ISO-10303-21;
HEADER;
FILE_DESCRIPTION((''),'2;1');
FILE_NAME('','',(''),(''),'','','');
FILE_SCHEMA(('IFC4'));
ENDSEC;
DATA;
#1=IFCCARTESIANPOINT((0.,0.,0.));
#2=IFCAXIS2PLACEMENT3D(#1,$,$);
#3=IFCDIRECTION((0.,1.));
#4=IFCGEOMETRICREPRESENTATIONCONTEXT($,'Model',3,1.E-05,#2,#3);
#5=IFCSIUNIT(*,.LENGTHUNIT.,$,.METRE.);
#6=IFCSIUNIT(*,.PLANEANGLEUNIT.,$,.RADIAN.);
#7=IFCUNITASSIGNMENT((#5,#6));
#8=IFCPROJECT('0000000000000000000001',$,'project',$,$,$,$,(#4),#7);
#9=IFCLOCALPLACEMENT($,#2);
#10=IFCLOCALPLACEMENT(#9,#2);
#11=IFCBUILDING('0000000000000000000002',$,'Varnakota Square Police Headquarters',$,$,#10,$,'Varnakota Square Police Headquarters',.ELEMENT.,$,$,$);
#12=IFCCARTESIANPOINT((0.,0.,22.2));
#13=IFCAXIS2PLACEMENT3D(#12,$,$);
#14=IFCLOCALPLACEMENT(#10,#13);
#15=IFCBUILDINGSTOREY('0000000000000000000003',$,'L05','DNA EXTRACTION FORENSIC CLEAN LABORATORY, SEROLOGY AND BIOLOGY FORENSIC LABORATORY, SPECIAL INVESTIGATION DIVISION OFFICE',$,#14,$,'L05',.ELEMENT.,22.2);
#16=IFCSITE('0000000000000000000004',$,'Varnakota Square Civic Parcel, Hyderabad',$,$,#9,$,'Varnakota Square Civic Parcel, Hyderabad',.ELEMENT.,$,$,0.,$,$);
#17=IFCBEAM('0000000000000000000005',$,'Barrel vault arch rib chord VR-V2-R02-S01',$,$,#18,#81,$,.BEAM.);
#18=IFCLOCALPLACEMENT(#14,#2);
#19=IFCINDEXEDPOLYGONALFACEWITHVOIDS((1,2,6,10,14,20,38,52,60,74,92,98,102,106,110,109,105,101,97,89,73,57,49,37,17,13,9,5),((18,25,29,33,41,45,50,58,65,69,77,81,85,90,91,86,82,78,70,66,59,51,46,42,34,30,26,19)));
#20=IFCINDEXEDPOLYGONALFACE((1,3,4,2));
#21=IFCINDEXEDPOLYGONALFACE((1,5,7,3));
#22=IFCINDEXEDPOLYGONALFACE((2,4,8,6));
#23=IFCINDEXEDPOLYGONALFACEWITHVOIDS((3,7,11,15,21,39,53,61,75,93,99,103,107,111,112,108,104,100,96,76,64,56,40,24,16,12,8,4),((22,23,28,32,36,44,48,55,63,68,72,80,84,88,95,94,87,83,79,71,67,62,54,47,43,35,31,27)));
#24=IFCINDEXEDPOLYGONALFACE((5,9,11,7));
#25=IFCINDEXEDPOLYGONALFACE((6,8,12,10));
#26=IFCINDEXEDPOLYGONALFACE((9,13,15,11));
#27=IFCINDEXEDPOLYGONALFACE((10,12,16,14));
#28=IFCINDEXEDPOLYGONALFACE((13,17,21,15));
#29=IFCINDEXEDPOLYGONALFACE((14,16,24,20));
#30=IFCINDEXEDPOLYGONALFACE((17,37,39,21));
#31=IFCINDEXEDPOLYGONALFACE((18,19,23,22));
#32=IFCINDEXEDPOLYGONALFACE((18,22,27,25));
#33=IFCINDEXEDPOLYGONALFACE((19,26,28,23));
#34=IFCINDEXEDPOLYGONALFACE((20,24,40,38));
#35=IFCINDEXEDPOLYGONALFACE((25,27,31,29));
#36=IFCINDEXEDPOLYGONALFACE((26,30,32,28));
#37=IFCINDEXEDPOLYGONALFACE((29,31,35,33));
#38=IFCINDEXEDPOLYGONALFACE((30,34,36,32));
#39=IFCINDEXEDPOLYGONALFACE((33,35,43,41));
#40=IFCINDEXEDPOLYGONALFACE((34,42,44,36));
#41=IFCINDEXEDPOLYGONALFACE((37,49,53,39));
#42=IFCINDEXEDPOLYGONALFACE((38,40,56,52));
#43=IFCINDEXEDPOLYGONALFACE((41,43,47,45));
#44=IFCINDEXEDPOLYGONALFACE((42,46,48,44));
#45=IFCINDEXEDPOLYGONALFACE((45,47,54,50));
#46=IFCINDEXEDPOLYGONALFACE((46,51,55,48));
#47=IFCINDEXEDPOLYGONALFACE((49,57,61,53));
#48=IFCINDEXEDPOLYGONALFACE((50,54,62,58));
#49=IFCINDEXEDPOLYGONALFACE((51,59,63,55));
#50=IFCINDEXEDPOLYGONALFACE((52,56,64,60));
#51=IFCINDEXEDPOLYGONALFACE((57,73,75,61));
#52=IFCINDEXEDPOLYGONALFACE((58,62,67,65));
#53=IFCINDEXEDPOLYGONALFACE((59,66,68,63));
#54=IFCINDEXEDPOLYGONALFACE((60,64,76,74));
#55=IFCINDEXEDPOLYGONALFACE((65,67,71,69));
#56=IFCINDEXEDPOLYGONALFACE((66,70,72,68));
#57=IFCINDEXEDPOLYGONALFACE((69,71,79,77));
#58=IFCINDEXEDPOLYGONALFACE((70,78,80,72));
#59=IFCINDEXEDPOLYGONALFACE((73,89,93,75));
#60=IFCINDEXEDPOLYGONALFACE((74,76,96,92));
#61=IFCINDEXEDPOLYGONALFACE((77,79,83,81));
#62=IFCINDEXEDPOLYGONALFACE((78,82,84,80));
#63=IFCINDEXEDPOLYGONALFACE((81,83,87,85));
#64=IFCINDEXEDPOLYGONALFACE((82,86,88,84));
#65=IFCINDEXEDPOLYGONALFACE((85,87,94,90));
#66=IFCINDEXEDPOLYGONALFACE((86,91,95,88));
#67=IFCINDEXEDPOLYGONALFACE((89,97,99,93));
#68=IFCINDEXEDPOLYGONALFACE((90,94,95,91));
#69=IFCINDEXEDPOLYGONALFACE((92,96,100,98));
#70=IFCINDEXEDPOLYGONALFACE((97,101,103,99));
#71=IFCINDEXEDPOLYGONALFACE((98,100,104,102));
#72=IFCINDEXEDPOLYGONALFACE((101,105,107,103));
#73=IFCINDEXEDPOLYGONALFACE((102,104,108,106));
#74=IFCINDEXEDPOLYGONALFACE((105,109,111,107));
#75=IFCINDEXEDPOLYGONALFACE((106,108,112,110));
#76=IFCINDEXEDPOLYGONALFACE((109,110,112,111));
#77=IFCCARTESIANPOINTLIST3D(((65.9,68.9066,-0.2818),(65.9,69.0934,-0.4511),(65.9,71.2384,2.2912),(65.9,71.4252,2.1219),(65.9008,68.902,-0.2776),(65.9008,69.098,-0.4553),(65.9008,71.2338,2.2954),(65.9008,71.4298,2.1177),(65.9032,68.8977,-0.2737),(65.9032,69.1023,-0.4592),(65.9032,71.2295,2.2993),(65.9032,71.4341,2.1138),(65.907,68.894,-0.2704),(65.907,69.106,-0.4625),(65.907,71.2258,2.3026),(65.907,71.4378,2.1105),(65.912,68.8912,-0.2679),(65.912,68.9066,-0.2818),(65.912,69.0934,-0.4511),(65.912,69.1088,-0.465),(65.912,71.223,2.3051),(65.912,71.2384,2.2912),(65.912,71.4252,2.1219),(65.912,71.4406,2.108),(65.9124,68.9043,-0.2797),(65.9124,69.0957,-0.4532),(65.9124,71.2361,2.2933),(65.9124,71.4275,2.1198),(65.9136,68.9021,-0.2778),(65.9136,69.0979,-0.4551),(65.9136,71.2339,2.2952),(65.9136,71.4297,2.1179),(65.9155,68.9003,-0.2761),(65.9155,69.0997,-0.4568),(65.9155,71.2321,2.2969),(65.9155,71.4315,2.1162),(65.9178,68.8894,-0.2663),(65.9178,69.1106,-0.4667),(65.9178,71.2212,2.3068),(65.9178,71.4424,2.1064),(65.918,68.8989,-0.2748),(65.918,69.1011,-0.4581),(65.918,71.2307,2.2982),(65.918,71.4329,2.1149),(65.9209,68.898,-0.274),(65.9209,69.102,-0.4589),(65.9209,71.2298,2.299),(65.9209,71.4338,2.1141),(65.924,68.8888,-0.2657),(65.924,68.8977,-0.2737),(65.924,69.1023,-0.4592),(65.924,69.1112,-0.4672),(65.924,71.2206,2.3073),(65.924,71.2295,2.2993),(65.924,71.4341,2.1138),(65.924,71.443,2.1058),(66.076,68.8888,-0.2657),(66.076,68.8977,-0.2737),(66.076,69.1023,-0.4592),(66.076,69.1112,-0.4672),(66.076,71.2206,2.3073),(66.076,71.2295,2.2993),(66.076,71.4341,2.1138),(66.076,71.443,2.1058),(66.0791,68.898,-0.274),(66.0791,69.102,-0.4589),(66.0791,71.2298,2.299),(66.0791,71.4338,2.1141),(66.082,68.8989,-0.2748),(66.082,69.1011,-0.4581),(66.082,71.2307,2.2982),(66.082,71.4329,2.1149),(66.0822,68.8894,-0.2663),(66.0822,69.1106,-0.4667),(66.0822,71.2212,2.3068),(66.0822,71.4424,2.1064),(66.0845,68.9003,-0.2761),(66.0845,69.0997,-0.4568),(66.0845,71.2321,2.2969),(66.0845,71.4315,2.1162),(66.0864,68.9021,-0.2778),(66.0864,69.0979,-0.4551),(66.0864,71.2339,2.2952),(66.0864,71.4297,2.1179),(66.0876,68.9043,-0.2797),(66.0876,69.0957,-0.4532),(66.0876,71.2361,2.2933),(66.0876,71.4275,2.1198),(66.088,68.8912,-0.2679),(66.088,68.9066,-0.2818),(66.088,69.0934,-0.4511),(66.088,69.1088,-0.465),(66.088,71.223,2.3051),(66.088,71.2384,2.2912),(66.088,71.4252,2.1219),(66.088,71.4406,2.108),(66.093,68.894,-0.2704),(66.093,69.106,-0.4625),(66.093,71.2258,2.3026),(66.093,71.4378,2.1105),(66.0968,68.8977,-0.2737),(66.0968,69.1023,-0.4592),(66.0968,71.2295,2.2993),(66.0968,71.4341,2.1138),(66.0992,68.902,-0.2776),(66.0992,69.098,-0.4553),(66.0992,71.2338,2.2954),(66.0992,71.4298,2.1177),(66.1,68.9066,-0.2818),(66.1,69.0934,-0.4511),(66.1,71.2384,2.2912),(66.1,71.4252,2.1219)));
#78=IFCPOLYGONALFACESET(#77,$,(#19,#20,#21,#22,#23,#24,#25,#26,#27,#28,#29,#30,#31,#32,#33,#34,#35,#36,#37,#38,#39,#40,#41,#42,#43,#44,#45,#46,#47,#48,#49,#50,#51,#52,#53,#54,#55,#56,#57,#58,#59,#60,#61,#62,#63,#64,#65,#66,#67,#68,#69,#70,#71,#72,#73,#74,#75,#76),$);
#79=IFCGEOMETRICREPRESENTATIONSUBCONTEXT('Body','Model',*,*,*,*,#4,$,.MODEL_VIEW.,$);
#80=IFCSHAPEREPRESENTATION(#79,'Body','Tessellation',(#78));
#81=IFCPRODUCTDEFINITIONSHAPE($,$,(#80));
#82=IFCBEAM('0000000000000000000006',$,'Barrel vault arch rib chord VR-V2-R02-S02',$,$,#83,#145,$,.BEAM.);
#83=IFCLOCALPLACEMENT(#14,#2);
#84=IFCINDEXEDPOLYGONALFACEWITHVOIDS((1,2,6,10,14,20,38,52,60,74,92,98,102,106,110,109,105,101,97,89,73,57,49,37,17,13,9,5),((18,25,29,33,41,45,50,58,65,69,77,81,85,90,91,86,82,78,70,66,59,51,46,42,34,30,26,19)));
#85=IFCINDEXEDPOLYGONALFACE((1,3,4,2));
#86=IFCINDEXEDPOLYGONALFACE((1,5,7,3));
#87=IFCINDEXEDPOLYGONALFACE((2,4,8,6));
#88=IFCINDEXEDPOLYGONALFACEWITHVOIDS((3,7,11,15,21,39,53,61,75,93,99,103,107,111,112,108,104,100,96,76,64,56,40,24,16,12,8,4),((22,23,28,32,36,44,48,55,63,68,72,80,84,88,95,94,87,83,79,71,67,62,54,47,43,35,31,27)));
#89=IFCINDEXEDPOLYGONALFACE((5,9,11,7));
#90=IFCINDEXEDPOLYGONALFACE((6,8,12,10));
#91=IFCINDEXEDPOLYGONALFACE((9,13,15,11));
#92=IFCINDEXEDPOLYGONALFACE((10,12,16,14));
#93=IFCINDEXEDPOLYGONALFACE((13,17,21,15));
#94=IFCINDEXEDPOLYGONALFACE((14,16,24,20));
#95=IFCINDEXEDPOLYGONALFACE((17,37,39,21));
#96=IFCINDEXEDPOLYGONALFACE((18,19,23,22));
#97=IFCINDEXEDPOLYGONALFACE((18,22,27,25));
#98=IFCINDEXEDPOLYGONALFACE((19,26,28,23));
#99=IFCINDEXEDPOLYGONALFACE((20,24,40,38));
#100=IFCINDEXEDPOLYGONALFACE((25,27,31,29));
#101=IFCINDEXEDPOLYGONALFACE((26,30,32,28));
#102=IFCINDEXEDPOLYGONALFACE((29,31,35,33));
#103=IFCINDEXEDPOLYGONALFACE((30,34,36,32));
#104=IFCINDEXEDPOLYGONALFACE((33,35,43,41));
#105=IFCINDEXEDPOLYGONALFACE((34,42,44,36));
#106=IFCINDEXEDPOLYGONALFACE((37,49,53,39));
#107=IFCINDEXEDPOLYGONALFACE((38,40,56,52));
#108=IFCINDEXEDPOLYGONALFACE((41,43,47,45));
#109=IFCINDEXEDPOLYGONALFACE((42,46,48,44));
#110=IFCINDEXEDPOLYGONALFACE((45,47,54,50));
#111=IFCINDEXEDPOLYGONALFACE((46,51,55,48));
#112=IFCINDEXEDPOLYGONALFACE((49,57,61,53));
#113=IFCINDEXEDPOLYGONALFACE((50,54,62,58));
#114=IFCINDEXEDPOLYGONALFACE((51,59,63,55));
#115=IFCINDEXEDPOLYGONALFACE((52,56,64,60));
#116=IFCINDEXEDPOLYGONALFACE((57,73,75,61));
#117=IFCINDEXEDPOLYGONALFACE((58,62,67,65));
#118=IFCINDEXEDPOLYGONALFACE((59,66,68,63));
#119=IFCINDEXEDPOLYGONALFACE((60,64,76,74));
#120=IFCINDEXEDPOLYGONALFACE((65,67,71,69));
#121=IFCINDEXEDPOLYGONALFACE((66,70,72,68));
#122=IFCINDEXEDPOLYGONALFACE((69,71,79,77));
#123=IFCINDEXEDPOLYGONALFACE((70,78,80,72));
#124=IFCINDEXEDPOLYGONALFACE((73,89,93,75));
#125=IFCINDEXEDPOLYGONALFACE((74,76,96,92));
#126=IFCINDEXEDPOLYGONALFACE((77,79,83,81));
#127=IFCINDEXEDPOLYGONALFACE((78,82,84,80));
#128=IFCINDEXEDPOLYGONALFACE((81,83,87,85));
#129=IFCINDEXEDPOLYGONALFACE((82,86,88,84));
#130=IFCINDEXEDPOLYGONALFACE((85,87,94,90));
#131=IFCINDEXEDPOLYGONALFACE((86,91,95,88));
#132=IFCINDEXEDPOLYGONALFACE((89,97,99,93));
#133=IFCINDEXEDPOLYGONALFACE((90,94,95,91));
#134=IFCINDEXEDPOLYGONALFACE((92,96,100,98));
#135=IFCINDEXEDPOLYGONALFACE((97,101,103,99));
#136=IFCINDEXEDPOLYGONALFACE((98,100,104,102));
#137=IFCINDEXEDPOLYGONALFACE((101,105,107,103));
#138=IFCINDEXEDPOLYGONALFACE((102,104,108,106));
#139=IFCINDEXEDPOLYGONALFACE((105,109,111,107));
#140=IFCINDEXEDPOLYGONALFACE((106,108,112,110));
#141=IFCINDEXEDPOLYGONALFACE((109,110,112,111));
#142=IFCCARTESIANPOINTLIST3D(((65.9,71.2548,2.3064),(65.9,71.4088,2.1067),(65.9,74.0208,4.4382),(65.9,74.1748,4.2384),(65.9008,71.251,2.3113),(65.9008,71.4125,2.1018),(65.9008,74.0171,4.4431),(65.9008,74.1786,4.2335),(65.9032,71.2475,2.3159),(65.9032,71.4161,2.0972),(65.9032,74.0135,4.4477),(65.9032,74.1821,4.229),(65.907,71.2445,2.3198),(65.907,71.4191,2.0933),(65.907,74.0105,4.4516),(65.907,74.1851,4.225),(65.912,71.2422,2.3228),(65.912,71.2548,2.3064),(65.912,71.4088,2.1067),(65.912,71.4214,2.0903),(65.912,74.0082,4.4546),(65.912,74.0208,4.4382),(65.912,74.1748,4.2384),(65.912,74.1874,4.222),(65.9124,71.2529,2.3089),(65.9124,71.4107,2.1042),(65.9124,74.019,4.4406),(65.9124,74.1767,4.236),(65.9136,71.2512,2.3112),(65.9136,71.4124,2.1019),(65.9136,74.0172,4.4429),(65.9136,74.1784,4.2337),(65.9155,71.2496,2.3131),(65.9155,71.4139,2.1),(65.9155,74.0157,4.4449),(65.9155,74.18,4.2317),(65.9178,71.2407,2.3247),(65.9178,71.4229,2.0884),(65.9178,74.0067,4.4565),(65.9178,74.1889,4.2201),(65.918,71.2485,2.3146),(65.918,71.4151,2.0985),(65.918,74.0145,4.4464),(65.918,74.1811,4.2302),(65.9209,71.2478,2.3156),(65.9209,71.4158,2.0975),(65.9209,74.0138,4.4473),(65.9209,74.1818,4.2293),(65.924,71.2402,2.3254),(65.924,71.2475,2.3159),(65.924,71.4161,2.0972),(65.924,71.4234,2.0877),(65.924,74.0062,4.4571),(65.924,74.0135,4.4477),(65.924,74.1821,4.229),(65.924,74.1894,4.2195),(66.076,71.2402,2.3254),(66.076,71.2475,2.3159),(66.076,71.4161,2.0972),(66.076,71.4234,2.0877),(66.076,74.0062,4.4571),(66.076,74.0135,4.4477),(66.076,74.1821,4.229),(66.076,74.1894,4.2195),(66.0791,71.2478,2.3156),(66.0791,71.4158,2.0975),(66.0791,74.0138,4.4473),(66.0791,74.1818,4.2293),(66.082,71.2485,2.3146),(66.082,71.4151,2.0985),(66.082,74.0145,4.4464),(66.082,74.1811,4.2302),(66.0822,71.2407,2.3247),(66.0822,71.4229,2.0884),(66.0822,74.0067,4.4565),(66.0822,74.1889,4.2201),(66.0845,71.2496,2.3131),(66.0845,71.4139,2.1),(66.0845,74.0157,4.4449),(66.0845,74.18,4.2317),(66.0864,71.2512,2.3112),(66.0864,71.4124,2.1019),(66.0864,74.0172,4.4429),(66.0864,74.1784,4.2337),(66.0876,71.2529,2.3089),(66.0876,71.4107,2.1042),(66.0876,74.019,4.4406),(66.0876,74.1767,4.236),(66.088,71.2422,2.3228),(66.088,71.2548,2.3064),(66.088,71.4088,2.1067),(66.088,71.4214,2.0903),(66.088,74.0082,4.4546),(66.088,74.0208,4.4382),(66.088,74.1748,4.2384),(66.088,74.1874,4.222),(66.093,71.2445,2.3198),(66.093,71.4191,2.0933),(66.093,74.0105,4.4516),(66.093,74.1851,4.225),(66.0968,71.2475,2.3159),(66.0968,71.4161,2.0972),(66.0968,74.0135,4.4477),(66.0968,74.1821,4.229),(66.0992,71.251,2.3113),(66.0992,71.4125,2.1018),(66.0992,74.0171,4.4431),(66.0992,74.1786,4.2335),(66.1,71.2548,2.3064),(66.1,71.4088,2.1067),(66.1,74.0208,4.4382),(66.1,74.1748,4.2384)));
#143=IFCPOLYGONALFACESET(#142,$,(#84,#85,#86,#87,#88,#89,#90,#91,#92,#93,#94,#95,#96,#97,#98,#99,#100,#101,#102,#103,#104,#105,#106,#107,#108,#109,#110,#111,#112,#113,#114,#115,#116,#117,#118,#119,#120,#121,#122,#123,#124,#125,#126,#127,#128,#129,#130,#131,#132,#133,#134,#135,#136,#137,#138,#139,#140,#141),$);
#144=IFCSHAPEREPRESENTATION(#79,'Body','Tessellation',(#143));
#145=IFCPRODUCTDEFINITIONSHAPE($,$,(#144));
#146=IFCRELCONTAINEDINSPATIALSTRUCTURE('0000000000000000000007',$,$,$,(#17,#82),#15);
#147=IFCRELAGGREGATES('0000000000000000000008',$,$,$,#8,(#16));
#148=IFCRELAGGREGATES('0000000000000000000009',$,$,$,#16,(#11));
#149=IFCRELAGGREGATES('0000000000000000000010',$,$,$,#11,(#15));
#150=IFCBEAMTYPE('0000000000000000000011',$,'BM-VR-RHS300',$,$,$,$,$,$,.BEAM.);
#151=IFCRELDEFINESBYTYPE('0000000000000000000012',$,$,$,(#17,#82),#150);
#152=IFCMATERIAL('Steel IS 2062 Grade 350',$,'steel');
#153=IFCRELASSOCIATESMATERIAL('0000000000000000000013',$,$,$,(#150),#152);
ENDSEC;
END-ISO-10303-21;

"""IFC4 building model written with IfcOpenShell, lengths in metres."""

from ifc_helpers import new_model, si_unit, direction, frame, origin, origin_2d, place, context, subcontext, project, spatial, hollow_rectangle, extrude, material, material_profile, profile_set, type_object, element, save


model = new_model("IFC4")

# Units and contexts
model_context = context("Model", 3, precision=1e-05, world=origin(), true_north=direction((0.0, 1.0)))
body_context = subcontext(model_context, "Body", "Model", "MODEL_VIEW")
ifc_project = project(units=[si_unit("LENGTHUNIT", "METRE"), si_unit("PLANEANGLEUNIT", "RADIAN")], contexts=[model_context])

# Site, building, storey
site_placement = place(None, origin())
site = spatial("IfcSite", under=ifc_project, at=site_placement, Name="Varnakota Square Civic Parcel, Hyderabad", LongName="Varnakota Square Civic Parcel, Hyderabad", CompositionType="ELEMENT", RefElevation=0.0)
building_placement = place(site_placement, origin())
building = spatial("IfcBuilding", under=site, at=building_placement, Name="Varnakota Square Police Headquarters", LongName="Varnakota Square Police Headquarters", CompositionType="ELEMENT")
storey_placement = place(building_placement, frame((0.0, 0.0, 22.2)))
storey = spatial("IfcBuildingStorey", under=building, at=storey_placement, Name="L05", Description="DNA EXTRACTION FORENSIC CLEAN LABORATORY, SEROLOGY AND BIOLOGY FORENSIC LABORATORY, SPECIAL INVESTIGATION DIVISION OFFICE", LongName="L05", CompositionType="ELEMENT", Elevation=22.2)

# Beams
ifc_material_1 = material(Name="Steel IS 2062 Grade 350", Category="steel")
ifc_material_profile_1 = material_profile(ifc_material_1, hollow_rectangle(XDim=0.2, YDim=0.3, WallThickness=0.012, InnerFilletRadius=0.012, OuterFilletRadius=0.0239, at=origin_2d()), Name="RHS 300x200x12")
ifc_profile_set_1 = profile_set([ifc_material_profile_1], Name="Steel IS 2062 Grade 350")
beam_type_1 = type_object("IfcBeamType", Name="BM-VR-RHS300", PredefinedType="BEAM", material=ifc_profile_set_1)
beam_1_placement = place(storey_placement, frame((66.0, 69.0, -0.3665), z_axis=(0.0, 0.671521, 0.740986), x_axis=(-1.0, 0.0, 0.0)))
element("IfcBeam", 1, at=beam_1_placement, inside=storey, type_object=beam_type_1, Name="Barrel vault arch rib chord VR-V2-R02-S01", PredefinedType="BEAM", context=body_context, shape_type="SweptSolid", body=[
    extrude(hollow_rectangle(XDim=0.2, YDim=0.3, WallThickness=0.012, InnerFilletRadius=0.012, OuterFilletRadius=0.0239, at=origin_2d()), origin(), (0.0, 0.0, 1.0), 3.4724),
])
beam_2_placement = place(storey_placement, frame((66.0, 71.3318, 2.2065), z_axis=(0.0, 0.792062, 0.61044), x_axis=(-1.0, 0.0, 0.0)))
element("IfcBeam", 2, at=beam_2_placement, inside=storey, type_object=beam_type_1, Name="Barrel vault arch rib chord VR-V2-R02-S02", PredefinedType="BEAM", context=body_context, shape_type="SweptSolid", body=[
    extrude(hollow_rectangle(XDim=0.2, YDim=0.3, WallThickness=0.012, InnerFilletRadius=0.012, OuterFilletRadius=0.0239, at=origin_2d()), origin(), (0.0, 0.0, 1.0), 3.4922),
])

save(model, "model.ifc")
